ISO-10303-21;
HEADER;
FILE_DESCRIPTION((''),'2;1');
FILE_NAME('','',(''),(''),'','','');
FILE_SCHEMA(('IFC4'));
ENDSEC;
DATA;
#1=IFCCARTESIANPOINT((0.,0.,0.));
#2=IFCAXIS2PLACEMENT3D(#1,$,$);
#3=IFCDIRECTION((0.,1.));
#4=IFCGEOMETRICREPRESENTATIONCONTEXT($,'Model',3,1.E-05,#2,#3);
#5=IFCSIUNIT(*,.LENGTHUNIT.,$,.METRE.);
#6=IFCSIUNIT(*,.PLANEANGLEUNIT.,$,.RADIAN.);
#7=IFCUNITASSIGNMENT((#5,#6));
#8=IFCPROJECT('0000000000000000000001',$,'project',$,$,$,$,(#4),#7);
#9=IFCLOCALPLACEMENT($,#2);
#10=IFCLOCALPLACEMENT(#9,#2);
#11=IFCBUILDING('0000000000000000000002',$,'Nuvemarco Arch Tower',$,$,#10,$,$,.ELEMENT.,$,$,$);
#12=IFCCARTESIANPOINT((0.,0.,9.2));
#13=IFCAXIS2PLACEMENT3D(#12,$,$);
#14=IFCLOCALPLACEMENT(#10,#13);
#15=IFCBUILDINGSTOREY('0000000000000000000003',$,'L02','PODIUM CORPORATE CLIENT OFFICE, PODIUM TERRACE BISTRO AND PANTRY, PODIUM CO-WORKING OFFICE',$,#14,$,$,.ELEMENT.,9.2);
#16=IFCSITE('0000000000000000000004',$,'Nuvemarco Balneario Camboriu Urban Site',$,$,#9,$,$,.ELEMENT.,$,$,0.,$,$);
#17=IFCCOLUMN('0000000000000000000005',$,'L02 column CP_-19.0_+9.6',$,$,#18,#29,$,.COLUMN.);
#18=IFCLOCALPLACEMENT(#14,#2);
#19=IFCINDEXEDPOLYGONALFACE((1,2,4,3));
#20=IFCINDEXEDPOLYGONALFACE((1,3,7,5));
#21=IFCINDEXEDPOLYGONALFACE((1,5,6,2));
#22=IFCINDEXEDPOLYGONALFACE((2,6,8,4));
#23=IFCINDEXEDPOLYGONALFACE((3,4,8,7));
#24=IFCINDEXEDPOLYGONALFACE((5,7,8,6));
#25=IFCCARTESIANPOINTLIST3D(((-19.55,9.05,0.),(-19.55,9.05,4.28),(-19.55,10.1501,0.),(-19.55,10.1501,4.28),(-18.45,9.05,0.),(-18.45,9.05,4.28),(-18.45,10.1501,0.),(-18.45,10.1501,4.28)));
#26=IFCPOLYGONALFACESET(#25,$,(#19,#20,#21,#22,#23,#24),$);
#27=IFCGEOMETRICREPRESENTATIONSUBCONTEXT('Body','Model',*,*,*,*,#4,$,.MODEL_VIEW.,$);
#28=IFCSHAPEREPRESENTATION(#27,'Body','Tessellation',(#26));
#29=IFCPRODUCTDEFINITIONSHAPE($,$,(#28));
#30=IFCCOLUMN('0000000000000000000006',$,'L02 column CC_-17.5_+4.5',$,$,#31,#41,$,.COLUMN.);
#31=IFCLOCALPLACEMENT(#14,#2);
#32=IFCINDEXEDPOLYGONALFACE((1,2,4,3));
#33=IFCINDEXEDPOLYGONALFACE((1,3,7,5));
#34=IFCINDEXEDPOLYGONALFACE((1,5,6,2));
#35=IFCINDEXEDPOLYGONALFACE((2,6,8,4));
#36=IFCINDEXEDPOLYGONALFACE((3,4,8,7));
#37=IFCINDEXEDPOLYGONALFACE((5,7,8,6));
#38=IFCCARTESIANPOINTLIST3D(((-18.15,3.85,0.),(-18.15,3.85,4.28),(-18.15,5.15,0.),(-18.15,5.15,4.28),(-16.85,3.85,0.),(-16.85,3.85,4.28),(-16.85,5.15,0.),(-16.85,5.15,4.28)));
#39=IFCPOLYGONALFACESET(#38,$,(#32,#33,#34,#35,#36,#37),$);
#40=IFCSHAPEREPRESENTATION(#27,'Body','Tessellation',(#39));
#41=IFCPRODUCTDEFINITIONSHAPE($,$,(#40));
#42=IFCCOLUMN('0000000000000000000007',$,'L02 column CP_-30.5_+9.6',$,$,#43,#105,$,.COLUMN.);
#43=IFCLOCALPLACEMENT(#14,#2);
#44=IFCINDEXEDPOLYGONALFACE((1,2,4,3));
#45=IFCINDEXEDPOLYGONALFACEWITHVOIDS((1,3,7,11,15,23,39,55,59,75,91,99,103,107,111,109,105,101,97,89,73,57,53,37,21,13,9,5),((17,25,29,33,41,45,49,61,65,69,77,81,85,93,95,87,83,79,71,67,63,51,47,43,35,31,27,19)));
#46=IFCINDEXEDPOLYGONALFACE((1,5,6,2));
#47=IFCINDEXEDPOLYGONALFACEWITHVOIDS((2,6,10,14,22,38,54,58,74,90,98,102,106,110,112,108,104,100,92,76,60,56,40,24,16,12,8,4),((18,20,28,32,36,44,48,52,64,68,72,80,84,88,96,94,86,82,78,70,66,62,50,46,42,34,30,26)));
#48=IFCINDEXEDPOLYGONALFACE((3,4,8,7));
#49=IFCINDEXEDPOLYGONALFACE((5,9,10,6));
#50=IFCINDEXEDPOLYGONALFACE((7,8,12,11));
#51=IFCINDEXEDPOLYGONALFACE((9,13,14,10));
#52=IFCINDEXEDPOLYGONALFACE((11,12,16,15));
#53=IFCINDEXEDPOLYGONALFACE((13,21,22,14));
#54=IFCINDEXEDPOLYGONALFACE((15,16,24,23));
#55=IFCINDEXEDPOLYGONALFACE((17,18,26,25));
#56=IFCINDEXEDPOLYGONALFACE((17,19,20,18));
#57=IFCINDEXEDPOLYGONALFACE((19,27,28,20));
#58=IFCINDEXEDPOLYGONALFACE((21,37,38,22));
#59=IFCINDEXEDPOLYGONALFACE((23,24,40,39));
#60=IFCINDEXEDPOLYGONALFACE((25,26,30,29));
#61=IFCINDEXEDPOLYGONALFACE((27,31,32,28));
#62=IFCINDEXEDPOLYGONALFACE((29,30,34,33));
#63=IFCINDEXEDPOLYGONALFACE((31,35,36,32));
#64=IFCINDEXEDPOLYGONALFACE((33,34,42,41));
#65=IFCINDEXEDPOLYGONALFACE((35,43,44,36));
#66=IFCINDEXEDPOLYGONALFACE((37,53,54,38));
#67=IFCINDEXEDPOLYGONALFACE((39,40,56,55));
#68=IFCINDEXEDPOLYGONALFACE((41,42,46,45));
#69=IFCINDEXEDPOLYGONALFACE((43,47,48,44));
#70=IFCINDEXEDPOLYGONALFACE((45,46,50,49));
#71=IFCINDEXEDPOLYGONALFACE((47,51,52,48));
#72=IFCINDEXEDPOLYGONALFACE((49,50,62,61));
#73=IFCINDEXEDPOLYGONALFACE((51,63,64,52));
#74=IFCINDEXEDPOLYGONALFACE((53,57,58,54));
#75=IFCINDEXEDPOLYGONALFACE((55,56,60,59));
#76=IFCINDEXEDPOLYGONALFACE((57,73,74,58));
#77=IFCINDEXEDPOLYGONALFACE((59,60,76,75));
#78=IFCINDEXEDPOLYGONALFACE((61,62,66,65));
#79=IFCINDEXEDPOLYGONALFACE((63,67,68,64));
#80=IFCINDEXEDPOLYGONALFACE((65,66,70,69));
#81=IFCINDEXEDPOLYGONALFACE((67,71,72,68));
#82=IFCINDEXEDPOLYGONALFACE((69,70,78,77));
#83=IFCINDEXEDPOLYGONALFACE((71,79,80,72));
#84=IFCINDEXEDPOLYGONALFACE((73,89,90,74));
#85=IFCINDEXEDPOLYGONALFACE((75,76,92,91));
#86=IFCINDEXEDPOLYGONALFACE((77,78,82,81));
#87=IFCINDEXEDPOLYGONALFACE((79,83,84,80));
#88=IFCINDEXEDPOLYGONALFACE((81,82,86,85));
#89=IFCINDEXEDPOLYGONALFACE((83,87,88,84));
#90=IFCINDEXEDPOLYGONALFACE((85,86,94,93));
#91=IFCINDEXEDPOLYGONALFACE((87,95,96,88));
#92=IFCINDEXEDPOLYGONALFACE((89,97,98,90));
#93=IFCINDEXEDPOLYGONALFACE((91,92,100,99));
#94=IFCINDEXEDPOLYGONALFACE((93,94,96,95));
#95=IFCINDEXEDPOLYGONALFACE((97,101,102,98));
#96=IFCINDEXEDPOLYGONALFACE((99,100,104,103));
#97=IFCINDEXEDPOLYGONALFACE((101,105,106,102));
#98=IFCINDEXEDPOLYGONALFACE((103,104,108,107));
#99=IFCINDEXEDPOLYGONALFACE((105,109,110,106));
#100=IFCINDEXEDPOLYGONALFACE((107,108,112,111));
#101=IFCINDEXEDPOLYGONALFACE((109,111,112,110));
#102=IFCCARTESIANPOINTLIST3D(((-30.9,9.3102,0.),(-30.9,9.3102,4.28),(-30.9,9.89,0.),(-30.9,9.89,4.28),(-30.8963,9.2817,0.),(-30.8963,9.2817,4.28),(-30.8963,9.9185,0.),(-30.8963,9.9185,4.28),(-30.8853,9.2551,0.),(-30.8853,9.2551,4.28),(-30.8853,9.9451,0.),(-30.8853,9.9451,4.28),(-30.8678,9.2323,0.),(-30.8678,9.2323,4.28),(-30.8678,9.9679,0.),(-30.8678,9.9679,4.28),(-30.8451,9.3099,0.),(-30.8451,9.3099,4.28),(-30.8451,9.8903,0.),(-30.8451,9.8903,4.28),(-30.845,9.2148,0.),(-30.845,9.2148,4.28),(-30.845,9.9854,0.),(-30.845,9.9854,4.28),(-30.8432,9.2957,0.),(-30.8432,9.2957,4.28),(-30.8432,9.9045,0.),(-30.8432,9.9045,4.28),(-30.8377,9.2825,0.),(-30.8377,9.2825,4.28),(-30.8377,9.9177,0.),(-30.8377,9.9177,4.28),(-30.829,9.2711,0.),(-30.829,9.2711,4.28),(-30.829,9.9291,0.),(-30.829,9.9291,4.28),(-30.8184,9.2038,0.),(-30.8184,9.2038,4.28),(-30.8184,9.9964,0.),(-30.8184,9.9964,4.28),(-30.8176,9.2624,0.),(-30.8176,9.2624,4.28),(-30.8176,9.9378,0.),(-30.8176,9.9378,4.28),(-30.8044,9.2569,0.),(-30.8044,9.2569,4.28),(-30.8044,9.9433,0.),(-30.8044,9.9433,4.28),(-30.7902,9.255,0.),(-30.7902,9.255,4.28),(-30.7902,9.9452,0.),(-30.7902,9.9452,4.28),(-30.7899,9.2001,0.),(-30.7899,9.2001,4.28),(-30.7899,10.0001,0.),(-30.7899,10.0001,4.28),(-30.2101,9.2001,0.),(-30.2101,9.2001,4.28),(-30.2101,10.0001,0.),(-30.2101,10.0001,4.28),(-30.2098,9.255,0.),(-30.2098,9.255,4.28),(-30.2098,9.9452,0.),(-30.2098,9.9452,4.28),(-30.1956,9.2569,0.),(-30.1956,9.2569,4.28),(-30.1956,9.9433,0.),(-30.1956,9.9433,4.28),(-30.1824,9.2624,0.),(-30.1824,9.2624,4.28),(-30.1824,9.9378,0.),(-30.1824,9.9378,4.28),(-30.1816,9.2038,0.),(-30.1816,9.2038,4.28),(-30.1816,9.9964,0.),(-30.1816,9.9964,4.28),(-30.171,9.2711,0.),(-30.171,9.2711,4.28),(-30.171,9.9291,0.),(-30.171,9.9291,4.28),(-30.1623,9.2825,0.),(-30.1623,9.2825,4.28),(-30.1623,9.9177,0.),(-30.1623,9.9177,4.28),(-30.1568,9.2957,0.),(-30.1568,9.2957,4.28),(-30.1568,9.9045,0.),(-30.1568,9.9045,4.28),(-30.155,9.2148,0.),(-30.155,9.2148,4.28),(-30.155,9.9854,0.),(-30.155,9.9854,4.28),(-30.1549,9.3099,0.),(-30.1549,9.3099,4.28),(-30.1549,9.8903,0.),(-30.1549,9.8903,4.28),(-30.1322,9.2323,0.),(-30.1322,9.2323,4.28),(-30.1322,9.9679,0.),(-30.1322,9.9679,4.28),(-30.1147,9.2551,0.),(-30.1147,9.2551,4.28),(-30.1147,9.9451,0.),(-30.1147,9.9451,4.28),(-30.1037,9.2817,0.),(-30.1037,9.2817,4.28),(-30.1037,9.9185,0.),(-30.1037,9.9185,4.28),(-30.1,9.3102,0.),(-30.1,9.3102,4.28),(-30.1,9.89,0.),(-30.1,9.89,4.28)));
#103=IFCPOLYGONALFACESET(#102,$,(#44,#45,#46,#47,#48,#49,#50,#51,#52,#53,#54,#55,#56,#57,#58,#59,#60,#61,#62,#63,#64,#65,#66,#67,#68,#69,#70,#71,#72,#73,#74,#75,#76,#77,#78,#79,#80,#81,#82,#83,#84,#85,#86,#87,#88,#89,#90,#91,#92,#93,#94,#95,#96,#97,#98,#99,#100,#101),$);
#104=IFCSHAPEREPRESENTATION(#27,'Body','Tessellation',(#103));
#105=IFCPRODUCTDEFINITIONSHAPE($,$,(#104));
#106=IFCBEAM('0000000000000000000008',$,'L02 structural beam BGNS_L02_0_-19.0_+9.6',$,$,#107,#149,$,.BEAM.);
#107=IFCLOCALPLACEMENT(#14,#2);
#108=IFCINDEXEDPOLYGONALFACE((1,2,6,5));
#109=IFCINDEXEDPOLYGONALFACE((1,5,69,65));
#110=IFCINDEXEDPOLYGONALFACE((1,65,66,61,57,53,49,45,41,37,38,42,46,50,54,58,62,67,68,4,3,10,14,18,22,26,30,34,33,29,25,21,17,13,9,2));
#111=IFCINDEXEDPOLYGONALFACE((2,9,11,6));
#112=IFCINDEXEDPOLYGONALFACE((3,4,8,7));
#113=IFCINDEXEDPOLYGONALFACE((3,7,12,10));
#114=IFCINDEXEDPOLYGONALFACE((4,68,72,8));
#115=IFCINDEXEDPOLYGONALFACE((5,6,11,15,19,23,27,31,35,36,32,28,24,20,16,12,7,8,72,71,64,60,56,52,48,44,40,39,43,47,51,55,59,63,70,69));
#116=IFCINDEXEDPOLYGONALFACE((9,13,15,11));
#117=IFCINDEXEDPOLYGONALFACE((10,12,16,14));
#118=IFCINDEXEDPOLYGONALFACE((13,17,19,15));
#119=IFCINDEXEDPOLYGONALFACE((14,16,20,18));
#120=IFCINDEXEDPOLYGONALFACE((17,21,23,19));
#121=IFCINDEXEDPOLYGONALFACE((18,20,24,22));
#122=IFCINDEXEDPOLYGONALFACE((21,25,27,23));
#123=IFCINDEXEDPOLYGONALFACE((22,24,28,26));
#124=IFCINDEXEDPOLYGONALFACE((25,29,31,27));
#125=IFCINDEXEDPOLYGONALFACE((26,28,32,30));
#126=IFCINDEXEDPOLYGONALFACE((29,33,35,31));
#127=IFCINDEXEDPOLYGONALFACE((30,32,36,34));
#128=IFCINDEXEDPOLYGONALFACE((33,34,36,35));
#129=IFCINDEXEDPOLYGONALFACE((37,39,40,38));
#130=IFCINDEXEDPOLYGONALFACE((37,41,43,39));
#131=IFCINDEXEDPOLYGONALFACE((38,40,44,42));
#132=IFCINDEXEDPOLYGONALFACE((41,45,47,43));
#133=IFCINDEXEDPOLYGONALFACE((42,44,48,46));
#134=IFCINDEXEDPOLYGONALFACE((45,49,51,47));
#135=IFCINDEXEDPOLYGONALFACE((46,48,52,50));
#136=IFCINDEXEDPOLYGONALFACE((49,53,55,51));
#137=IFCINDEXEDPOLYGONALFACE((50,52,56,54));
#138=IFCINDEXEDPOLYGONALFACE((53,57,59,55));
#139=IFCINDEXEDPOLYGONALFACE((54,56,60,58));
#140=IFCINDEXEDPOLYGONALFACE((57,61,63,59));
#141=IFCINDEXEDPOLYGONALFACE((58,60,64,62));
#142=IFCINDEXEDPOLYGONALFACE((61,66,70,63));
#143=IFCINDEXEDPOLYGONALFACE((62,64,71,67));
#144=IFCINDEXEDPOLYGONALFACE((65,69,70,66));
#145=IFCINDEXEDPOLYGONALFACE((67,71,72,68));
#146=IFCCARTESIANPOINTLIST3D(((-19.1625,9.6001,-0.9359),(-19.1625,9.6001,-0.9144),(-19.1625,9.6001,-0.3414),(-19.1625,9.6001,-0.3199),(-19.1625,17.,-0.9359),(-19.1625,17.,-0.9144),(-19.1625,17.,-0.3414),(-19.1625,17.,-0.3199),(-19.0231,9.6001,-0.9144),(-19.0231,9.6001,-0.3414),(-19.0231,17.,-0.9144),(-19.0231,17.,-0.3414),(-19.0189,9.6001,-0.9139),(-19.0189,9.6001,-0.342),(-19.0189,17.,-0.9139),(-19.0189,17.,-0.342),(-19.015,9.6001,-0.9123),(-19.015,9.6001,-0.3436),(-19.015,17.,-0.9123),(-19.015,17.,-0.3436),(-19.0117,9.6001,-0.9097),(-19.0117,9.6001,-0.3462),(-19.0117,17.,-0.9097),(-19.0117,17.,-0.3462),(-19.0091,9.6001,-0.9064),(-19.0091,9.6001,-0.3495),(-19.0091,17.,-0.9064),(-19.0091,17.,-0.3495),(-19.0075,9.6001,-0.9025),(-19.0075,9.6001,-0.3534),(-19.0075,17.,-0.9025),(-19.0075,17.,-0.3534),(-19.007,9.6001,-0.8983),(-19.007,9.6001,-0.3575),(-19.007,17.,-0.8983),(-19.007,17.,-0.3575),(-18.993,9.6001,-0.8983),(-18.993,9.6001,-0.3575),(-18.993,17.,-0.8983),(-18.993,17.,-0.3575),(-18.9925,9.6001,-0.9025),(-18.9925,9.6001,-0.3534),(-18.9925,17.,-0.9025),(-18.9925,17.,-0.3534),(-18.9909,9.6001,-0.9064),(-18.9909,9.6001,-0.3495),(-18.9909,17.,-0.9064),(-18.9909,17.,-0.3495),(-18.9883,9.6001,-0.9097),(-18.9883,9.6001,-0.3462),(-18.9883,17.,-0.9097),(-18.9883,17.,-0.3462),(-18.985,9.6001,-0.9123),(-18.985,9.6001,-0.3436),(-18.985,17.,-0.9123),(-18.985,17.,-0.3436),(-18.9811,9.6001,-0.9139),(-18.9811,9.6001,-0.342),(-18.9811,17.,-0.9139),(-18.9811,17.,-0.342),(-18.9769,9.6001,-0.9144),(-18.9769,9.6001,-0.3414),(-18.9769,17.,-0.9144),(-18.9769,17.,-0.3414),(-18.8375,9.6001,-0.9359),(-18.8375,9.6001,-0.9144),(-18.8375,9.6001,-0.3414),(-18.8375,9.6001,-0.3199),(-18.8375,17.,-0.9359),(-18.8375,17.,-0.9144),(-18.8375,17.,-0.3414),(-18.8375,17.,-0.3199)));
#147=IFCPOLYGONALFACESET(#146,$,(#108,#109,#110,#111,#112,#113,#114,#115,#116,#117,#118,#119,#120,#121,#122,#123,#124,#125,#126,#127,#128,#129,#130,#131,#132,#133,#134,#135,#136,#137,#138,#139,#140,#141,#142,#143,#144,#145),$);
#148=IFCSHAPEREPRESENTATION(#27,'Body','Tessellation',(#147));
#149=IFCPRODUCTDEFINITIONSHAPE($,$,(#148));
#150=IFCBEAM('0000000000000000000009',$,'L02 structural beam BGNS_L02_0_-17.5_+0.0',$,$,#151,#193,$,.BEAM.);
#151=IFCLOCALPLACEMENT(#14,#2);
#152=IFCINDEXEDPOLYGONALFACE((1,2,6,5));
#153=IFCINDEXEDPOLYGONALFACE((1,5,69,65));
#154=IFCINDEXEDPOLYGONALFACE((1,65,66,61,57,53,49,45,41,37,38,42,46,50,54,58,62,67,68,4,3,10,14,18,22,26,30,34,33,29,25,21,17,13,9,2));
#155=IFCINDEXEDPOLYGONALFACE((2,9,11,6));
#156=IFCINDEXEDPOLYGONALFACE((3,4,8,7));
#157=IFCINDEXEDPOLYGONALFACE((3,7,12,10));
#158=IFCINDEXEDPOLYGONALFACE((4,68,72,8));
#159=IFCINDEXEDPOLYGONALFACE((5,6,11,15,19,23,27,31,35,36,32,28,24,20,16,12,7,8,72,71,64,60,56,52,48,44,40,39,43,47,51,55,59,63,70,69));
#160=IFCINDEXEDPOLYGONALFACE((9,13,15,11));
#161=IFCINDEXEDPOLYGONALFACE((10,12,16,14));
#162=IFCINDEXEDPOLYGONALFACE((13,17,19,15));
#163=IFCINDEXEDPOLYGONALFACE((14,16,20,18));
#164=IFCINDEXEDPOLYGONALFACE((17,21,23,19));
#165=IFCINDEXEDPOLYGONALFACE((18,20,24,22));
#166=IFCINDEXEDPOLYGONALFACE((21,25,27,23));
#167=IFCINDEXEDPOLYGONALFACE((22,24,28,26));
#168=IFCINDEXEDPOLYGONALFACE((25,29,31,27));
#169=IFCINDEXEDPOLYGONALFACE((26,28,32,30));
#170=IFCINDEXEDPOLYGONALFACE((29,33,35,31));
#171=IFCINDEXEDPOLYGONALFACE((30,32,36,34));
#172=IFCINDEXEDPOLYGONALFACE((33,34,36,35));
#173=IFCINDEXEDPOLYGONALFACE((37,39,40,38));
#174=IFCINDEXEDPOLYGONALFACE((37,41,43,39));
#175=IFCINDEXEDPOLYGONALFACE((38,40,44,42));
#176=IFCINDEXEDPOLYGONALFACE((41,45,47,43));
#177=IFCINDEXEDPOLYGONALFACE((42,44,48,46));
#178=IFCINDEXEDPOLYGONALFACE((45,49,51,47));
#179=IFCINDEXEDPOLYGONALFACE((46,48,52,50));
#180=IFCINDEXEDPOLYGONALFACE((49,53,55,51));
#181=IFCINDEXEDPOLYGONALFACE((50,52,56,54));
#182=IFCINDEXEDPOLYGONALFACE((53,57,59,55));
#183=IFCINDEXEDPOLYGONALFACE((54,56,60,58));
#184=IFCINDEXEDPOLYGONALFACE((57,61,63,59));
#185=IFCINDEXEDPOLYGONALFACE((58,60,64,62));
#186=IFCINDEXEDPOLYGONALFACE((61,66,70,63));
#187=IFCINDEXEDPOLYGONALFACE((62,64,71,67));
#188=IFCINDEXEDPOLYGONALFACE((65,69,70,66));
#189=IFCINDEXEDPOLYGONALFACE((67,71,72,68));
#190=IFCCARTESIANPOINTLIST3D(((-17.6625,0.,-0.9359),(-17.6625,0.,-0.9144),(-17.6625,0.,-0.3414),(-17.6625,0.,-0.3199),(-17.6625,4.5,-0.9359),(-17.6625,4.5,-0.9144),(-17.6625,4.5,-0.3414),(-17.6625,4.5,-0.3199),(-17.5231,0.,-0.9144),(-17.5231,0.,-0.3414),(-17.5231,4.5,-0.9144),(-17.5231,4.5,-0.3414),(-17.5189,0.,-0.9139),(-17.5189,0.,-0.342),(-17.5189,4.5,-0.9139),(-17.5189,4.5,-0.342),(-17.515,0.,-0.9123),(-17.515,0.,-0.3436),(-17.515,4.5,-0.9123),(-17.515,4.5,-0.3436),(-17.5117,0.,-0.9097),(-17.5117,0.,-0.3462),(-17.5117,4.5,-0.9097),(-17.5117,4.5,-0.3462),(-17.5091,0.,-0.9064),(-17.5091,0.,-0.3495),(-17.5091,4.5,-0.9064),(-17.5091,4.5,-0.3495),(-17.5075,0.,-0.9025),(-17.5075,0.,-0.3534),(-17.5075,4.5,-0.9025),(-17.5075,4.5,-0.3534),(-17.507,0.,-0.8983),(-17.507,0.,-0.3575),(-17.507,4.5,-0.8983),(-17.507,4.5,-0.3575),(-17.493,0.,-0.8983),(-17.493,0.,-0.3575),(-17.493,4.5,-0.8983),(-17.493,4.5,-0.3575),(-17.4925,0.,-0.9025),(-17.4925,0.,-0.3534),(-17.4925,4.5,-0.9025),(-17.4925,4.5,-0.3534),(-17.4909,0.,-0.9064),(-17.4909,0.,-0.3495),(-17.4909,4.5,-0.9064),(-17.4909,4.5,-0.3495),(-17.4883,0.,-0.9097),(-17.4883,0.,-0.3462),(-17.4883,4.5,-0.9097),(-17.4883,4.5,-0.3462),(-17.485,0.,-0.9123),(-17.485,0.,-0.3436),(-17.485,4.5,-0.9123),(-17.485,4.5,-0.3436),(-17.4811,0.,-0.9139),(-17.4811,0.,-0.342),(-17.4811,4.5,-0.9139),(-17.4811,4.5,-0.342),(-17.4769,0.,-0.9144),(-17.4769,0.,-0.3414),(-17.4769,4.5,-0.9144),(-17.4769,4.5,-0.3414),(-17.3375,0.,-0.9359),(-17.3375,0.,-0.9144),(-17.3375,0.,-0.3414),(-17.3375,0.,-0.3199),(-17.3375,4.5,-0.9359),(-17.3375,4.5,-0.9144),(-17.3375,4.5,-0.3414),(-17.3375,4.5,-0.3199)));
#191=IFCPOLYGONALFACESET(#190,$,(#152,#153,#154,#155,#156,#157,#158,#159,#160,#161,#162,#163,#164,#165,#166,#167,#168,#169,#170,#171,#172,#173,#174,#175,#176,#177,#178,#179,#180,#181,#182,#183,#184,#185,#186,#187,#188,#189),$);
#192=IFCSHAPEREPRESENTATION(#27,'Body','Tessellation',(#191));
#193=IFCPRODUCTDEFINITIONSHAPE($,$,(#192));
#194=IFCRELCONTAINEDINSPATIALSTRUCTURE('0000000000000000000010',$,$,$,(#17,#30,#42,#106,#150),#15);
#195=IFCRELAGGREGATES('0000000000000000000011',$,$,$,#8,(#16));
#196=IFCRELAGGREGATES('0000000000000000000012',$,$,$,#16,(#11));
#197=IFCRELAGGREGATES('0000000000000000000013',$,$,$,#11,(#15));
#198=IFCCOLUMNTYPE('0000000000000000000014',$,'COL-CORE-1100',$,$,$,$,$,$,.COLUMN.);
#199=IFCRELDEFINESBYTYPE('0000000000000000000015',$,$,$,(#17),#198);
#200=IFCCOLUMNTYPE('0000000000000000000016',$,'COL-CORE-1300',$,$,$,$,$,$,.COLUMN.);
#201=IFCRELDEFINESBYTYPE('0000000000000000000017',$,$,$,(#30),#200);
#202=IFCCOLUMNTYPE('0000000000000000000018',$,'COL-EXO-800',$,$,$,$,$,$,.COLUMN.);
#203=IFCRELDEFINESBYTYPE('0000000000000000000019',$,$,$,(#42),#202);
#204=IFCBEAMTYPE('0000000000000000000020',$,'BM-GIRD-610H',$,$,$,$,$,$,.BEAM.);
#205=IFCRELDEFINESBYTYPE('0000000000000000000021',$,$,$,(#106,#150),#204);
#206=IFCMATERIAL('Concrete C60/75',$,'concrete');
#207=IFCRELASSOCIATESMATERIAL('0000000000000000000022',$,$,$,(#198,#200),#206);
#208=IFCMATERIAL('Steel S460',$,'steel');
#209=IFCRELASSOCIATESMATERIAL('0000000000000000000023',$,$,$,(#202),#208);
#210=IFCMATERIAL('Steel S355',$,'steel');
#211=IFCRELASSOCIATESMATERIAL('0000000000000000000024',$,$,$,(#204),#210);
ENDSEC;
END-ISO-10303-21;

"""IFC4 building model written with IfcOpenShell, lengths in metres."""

from ifc_helpers import new_model, si_unit, direction, frame, origin, origin_2d, place, context, subcontext, project, spatial, rectangle, hollow_rectangle, i_section, extrude, material, material_profile, profile_set, type_object, element, save


model = new_model("IFC4")

# Units and contexts
model_context = context("Model", 3, precision=1e-05, world=origin(), true_north=direction((0.0, 1.0)))
body_context = subcontext(model_context, "Body", "Model", "MODEL_VIEW")
ifc_project = project(units=[si_unit("LENGTHUNIT", "METRE"), si_unit("PLANEANGLEUNIT", "RADIAN")], contexts=[model_context])

# Site, building, storey
site_placement = place(None, origin())
site = spatial("IfcSite", under=ifc_project, at=site_placement, Name="Nuvemarco Balneario Camboriu Urban Site", CompositionType="ELEMENT", RefElevation=0.0)
building_placement = place(site_placement, origin())
building = spatial("IfcBuilding", under=site, at=building_placement, Name="Nuvemarco Arch Tower", CompositionType="ELEMENT")
storey_placement = place(building_placement, frame((0.0, 0.0, 9.2)))
storey = spatial("IfcBuildingStorey", under=building, at=storey_placement, Name="L02", Description="PODIUM CORPORATE CLIENT OFFICE, PODIUM TERRACE BISTRO AND PANTRY, PODIUM CO-WORKING OFFICE", CompositionType="ELEMENT", Elevation=9.2)

# Columns
ifc_material_1 = material(Name="Concrete C60/75", Category="concrete")
ifc_material_profile_1 = material_profile(ifc_material_1, rectangle(XDim=1.1001, YDim=1.1001, at=origin_2d()), Name="RC-COL-1100x1100")
ifc_profile_set_1 = profile_set([ifc_material_profile_1], Name="Concrete C60/75")
column_type_1 = type_object("IfcColumnType", Name="COL-CORE-1100", PredefinedType="COLUMN", material=ifc_profile_set_1)
column_1_placement = place(storey_placement, frame((-19.0, 9.6001, 0.0), z_axis=(0.0, 0.0, 1.0), x_axis=(1.0, 0.0, 0.0)))
element("IfcColumn", 1, at=column_1_placement, inside=storey, type_object=column_type_1, Name="L02 column CP_-19.0_+9.6", PredefinedType="COLUMN", context=body_context, shape_type="SweptSolid", body=[
    extrude(rectangle(XDim=1.1001, YDim=1.1001, at=origin_2d()), origin(), (0.0, 0.0, 1.0), 4.28),
])
ifc_material_profile_2 = material_profile(ifc_material_1, rectangle(XDim=1.3, YDim=1.3, at=origin_2d()), Name="RC-COL-1300x1300")
ifc_profile_set_2 = profile_set([ifc_material_profile_2], Name="Concrete C60/75")
column_type_2 = type_object("IfcColumnType", Name="COL-CORE-1300", PredefinedType="COLUMN", material=ifc_profile_set_2)
column_2_placement = place(storey_placement, frame((-17.5, 4.5, 0.0), z_axis=(0.0, 0.0, 1.0), x_axis=(1.0, 0.0, 0.0)))
element("IfcColumn", 2, at=column_2_placement, inside=storey, type_object=column_type_2, Name="L02 column CC_-17.5_+4.5", PredefinedType="COLUMN", context=body_context, shape_type="SweptSolid", body=[
    extrude(rectangle(XDim=1.3, YDim=1.3, at=origin_2d()), origin(), (0.0, 0.0, 1.0), 4.28),
])
ifc_material_2 = material(Name="Steel S460", Category="steel")
ifc_material_profile_3 = material_profile(ifc_material_2, hollow_rectangle(XDim=0.8, YDim=0.8, WallThickness=0.0549, InnerFilletRadius=0.0549, OuterFilletRadius=0.1101, at=origin_2d()), Name="SHS800x800x55")
ifc_profile_set_3 = profile_set([ifc_material_profile_3], Name="Steel S460")
column_type_3 = type_object("IfcColumnType", Name="COL-EXO-800", PredefinedType="COLUMN", material=ifc_profile_set_3)
column_3_placement = place(storey_placement, frame((-30.5, 9.6001, 0.0), z_axis=(0.0, 0.0, 1.0), x_axis=(1.0, 0.0, 0.0)))
element("IfcColumn", 3, at=column_3_placement, inside=storey, type_object=column_type_3, Name="L02 column CP_-30.5_+9.6", PredefinedType="COLUMN", context=body_context, shape_type="SweptSolid", body=[
    extrude(hollow_rectangle(XDim=0.8, YDim=0.8, WallThickness=0.0549, InnerFilletRadius=0.0549, OuterFilletRadius=0.1101, at=origin_2d()), origin(), (0.0, 0.0, 1.0), 4.28),
])

# Beams
ifc_material_3 = material(Name="Steel S355", Category="steel")
ifc_material_profile_4 = material_profile(ifc_material_3, i_section(OverallWidth=0.325, OverallDepth=0.616, WebThickness=0.0139, FlangeThickness=0.0215, FilletRadius=0.0161, at=origin_2d()), Name="W610x174")
ifc_profile_set_4 = profile_set([ifc_material_profile_4], Name="Steel S355")
beam_type_1 = type_object("IfcBeamType", Name="BM-GIRD-610H", PredefinedType="BEAM", material=ifc_profile_set_4)
beam_1_placement = place(storey_placement, frame((-19.0, 9.6001, -0.6279), z_axis=(0.0, 1.0, 0.0), x_axis=(-1.0, 0.0, 0.0)))
element("IfcBeam", 4, at=beam_1_placement, inside=storey, type_object=beam_type_1, Name="L02 structural beam BGNS_L02_0_-19.0_+9.6", PredefinedType="BEAM", context=body_context, shape_type="SweptSolid", body=[
    extrude(i_section(OverallWidth=0.325, OverallDepth=0.616, WebThickness=0.0139, FlangeThickness=0.0215, FilletRadius=0.0161, at=origin_2d()), origin(), (0.0, 0.0, 1.0), 7.3999),
])
beam_2_placement = place(storey_placement, frame((-17.5, 0.0, -0.6279), z_axis=(0.0, 1.0, 0.0), x_axis=(-1.0, 0.0, 0.0)))
element("IfcBeam", 5, at=beam_2_placement, inside=storey, type_object=beam_type_1, Name="L02 structural beam BGNS_L02_0_-17.5_+0.0", PredefinedType="BEAM", context=body_context, shape_type="SweptSolid", body=[
    extrude(i_section(OverallWidth=0.325, OverallDepth=0.616, WebThickness=0.0139, FlangeThickness=0.0215, FilletRadius=0.0161, at=origin_2d()), origin(), (0.0, 0.0, 1.0), 4.5),
])

save(model, "model.ifc")
